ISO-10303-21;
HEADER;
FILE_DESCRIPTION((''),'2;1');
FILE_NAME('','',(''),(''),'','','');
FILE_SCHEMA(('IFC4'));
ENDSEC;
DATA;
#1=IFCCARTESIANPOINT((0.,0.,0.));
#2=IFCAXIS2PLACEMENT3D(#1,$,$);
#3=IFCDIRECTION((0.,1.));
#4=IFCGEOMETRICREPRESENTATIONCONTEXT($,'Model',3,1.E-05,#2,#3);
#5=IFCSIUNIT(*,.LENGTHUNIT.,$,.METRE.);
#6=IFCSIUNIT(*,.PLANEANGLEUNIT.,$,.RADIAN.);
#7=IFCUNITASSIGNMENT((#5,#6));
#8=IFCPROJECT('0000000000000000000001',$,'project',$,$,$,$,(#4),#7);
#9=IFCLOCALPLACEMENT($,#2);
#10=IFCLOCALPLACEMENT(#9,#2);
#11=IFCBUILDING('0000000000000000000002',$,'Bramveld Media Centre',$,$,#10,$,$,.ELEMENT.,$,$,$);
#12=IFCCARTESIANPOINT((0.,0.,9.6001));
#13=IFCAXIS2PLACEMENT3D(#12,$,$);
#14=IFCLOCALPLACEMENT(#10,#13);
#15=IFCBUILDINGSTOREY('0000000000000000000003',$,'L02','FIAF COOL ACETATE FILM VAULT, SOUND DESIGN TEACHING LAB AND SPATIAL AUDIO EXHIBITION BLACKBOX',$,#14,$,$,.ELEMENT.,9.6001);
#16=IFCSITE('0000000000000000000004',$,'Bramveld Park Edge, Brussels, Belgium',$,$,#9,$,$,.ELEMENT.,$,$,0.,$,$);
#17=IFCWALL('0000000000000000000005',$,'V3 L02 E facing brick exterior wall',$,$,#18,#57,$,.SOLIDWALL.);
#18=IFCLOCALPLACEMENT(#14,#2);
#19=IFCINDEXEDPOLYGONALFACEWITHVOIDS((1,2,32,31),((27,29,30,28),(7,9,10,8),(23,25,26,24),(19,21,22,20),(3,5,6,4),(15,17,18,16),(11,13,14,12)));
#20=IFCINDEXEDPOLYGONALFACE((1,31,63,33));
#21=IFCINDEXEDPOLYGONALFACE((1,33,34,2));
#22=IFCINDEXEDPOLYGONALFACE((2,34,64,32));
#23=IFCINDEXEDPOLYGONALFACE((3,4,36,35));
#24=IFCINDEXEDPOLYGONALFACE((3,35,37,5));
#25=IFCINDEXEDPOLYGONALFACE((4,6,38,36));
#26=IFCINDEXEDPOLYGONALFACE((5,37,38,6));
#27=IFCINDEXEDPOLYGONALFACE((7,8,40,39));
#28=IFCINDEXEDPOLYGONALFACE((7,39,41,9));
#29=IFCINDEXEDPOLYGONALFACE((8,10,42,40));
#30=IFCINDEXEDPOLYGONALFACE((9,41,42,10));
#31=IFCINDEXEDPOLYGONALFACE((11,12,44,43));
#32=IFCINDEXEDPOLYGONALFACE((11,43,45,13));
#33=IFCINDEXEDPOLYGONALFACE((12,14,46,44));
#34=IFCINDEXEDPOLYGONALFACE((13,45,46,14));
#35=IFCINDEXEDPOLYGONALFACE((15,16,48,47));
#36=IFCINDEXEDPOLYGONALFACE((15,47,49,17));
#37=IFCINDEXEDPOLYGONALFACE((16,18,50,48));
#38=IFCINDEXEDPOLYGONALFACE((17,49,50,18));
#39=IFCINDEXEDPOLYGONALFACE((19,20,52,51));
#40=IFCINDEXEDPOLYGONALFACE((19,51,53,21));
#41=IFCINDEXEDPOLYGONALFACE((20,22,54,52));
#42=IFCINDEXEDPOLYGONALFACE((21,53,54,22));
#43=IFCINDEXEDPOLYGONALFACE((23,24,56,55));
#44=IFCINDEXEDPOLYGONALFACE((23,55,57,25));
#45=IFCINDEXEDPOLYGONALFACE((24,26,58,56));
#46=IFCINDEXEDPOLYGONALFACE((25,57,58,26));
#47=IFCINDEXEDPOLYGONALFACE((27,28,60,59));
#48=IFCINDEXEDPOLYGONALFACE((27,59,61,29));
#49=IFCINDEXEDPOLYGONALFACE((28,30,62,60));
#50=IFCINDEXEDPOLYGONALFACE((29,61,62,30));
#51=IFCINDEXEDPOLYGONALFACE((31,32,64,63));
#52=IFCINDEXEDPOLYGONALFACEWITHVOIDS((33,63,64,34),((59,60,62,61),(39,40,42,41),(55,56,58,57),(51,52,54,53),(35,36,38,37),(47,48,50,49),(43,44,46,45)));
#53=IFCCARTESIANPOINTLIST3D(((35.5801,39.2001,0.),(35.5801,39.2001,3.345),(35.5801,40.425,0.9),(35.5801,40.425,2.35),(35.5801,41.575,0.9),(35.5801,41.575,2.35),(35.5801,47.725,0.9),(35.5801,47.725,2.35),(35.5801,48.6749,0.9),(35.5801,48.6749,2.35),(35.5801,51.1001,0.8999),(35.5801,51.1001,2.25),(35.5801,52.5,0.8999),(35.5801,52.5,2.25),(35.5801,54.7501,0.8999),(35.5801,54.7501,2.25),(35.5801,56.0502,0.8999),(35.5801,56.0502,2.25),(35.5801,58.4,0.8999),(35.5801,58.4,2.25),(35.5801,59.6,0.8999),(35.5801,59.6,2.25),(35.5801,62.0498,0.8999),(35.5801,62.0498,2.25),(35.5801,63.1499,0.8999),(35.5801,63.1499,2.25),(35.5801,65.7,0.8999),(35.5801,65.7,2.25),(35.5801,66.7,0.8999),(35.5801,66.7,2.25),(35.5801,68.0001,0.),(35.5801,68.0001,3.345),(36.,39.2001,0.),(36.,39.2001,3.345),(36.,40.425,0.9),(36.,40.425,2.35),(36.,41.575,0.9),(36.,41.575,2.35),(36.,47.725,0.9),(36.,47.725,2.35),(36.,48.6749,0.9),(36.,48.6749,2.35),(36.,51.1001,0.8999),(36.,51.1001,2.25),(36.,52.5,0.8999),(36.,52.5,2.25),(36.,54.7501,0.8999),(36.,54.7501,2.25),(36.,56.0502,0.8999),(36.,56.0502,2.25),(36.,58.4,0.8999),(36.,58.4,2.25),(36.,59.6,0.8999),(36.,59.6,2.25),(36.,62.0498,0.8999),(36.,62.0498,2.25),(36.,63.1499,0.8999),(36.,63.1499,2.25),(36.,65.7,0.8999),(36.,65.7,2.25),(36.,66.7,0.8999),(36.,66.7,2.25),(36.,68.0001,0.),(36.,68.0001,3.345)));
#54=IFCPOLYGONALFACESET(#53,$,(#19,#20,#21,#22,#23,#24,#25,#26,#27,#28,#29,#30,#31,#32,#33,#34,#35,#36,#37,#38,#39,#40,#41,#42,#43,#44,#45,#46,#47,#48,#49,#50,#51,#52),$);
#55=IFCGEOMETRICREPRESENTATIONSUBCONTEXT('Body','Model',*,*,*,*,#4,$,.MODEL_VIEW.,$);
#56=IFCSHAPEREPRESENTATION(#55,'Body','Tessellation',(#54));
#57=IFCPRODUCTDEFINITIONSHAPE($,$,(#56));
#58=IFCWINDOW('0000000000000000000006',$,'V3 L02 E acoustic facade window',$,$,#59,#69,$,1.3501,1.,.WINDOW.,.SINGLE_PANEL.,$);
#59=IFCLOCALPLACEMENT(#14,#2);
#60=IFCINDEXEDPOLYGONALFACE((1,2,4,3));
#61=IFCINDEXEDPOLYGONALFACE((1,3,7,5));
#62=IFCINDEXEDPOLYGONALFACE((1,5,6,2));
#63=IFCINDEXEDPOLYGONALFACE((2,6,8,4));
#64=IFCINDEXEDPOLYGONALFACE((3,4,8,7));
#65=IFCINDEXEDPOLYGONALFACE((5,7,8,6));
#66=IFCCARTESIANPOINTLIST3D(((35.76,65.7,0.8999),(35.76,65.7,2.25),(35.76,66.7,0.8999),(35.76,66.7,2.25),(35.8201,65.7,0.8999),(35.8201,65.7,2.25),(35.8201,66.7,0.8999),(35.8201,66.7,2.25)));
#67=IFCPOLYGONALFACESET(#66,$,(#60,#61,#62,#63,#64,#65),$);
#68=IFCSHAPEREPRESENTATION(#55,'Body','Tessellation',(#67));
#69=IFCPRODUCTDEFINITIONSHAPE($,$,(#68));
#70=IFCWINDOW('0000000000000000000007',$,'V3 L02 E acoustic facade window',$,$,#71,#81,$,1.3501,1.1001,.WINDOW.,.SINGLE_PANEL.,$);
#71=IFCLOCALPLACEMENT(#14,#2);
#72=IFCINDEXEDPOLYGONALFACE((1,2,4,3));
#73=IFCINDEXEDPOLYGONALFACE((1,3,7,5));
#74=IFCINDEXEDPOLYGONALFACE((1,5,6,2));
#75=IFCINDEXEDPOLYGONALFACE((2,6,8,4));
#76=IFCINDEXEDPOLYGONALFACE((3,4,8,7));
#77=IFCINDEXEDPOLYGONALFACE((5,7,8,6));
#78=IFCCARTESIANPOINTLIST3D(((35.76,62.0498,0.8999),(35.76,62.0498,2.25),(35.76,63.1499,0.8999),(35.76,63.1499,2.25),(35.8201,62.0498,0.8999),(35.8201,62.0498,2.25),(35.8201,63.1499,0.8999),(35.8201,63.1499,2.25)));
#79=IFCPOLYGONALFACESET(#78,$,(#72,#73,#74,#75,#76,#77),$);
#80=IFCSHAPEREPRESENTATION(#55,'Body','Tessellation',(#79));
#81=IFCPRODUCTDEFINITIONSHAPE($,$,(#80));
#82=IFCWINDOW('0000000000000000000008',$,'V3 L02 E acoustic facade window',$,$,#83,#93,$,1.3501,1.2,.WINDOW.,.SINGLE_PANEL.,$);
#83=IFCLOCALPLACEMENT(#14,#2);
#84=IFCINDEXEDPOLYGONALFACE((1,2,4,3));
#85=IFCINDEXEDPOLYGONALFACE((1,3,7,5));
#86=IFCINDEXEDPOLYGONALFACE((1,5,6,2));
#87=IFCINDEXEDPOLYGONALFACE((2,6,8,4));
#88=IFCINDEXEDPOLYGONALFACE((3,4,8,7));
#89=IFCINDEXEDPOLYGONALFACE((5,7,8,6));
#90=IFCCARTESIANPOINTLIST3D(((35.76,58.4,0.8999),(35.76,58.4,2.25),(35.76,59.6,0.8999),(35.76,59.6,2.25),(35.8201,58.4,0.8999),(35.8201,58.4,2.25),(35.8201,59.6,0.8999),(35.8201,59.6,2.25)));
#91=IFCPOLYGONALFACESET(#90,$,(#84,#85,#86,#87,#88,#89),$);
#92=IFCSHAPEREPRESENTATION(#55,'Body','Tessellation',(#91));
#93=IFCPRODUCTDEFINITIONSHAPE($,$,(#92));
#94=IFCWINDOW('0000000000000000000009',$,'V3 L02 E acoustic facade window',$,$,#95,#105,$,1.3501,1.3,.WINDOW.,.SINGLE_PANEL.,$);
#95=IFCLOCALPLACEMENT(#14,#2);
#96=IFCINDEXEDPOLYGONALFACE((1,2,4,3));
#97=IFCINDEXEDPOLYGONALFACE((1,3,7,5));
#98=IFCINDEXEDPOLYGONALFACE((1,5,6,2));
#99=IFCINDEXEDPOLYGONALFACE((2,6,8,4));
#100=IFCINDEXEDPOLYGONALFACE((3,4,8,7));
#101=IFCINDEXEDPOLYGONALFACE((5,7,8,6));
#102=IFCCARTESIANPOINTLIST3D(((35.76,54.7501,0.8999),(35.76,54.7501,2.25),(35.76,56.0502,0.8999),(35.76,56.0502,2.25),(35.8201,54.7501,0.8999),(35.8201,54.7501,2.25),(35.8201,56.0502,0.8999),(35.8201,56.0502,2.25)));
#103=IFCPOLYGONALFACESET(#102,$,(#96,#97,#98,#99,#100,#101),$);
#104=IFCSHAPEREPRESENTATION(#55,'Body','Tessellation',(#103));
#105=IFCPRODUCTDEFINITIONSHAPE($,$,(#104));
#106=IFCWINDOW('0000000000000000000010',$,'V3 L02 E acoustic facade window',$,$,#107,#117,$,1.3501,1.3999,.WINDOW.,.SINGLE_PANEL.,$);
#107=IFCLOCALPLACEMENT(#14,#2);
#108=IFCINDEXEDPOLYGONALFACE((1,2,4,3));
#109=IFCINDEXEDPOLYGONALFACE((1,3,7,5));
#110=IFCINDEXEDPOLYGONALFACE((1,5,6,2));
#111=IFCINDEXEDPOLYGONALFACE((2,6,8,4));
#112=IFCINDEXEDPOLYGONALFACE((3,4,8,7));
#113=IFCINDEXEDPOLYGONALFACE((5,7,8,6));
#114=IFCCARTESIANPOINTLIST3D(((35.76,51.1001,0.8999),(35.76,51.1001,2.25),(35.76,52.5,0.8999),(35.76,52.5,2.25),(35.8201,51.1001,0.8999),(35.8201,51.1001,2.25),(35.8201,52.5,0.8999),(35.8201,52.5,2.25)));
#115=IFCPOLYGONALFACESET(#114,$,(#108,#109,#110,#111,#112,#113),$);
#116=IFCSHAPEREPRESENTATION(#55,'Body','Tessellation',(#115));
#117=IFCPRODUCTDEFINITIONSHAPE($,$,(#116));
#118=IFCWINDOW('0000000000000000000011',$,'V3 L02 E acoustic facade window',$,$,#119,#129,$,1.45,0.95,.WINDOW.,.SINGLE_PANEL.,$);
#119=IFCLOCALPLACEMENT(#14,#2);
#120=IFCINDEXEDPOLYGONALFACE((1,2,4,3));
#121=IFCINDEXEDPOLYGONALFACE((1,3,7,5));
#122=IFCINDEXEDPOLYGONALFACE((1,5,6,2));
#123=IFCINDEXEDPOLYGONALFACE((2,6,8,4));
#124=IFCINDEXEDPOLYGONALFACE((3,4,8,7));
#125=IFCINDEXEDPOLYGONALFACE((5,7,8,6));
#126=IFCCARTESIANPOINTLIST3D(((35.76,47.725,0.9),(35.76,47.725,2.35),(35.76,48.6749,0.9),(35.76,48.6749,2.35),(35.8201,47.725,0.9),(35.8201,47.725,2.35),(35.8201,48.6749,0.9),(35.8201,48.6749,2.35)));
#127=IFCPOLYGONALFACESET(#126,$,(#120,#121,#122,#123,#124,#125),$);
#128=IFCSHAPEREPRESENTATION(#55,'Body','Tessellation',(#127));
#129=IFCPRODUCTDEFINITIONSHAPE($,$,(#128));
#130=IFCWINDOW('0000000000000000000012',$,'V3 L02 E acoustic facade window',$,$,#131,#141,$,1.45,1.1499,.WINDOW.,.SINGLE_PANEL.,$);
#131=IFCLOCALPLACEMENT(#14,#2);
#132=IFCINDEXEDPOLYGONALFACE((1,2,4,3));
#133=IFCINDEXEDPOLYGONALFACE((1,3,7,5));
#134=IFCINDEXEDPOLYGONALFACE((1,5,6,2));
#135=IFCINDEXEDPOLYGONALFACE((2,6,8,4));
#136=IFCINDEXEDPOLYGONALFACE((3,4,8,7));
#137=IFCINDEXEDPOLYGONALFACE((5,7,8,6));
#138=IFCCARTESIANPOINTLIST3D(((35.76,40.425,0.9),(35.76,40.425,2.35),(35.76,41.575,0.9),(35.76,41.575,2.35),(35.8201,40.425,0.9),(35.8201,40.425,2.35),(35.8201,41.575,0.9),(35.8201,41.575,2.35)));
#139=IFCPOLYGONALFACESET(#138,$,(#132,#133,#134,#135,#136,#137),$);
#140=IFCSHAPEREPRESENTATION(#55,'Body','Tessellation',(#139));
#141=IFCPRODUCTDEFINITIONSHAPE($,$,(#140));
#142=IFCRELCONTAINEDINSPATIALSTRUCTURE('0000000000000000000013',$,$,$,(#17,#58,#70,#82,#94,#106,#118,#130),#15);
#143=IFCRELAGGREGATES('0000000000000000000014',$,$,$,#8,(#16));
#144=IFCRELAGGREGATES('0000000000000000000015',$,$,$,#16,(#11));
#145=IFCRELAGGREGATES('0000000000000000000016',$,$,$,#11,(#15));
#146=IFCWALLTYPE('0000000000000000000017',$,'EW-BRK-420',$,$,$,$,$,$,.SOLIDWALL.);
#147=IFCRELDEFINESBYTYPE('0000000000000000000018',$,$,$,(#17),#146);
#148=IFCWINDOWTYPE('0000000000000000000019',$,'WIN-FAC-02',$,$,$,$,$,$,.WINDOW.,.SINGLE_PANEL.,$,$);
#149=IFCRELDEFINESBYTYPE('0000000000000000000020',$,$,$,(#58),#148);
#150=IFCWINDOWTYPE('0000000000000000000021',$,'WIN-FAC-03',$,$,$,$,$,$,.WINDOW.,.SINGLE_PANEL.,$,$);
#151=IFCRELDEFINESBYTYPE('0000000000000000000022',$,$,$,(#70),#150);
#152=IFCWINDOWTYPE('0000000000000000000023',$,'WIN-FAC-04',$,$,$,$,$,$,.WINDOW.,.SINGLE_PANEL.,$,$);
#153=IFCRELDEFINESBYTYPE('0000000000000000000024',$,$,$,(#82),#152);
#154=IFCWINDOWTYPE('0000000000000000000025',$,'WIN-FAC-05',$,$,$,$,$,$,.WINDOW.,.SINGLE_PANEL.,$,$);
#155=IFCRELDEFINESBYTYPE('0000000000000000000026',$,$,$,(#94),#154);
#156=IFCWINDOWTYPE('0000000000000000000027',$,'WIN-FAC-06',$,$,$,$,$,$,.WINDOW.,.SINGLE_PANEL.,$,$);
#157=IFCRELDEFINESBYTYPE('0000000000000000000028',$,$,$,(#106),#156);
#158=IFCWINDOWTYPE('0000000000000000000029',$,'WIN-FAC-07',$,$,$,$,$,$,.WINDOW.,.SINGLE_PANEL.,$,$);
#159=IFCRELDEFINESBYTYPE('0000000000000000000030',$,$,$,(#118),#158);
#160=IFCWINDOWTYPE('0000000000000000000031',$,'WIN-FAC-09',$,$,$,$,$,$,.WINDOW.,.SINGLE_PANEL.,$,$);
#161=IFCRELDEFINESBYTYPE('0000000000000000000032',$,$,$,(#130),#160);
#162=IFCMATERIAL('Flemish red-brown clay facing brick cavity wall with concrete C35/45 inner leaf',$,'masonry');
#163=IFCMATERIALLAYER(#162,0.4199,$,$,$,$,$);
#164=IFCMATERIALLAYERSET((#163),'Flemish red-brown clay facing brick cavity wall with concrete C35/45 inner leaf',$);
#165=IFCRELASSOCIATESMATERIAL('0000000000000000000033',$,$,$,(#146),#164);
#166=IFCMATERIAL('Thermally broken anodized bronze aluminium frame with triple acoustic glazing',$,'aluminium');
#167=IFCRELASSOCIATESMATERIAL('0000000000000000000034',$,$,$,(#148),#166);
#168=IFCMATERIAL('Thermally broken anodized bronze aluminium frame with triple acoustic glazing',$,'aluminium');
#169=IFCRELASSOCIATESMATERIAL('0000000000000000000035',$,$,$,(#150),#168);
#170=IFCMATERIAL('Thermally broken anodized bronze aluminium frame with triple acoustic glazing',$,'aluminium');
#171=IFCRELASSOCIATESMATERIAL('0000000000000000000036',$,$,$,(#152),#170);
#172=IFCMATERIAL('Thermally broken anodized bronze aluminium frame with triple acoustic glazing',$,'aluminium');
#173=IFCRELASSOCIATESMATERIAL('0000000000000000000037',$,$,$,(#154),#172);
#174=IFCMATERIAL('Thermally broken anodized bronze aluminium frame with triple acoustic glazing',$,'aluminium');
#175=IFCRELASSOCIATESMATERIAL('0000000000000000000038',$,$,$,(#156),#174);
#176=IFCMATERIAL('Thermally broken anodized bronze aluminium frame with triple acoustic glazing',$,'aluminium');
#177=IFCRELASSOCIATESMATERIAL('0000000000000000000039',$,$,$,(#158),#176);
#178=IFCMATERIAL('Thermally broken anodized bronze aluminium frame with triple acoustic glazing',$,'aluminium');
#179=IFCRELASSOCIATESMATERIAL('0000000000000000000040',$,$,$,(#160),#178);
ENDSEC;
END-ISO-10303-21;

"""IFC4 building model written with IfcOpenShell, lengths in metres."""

from ifc_helpers import new_model, si_unit, direction, frame, frame_2d, origin, place, context, subcontext, project, spatial, rectangle, extrude, material, layer, layer_set, type_object, element, fill, save


model = new_model("IFC4")

# Units and contexts
model_context = context("Model", 3, precision=1e-05, world=origin(), true_north=direction((0.0, 1.0)))
body_context = subcontext(model_context, "Body", "Model", "MODEL_VIEW")
ifc_project = project(units=[si_unit("LENGTHUNIT", "METRE"), si_unit("PLANEANGLEUNIT", "RADIAN")], contexts=[model_context])

# Site, building, storey
site_placement = place(None, origin())
site = spatial("IfcSite", under=ifc_project, at=site_placement, Name="Bramveld Park Edge, Brussels, Belgium", CompositionType="ELEMENT", RefElevation=0.0)
building_placement = place(site_placement, origin())
building = spatial("IfcBuilding", under=site, at=building_placement, Name="Bramveld Media Centre", CompositionType="ELEMENT")
storey_placement = place(building_placement, frame((0.0, 0.0, 9.6001)))
storey = spatial("IfcBuildingStorey", under=building, at=storey_placement, Name="L02", Description="FIAF COOL ACETATE FILM VAULT, SOUND DESIGN TEACHING LAB AND SPATIAL AUDIO EXHIBITION BLACKBOX", CompositionType="ELEMENT", Elevation=9.6001)

# Wall, openings, windows
ifc_material_1 = material(Name="Flemish red-brown clay facing brick cavity wall with concrete C35/45 inner leaf", Category="masonry")
ifc_layer = layer(ifc_material_1, 0.4199)
ifc_layer_set = layer_set([ifc_layer], Name="Flemish red-brown clay facing brick cavity wall with concrete C35/45 inner leaf")
wall_type = type_object("IfcWallType", Name="EW-BRK-420", PredefinedType="SOLIDWALL", material=ifc_layer_set)
wall_1_placement = place(storey_placement, frame((35.79, 68.0, 0.0), z_axis=(0.0, 0.0, 1.0), x_axis=(0.0, -1.0, 0.0)))
wall_1 = element("IfcWall", 1, at=wall_1_placement, inside=storey, type_object=wall_type, Name="V3 L02 E facing brick exterior wall", PredefinedType="SOLIDWALL", context=body_context, shape_type="SweptSolid", body=[
    extrude(rectangle(XDim=28.8, YDim=0.4199, at=frame_2d((14.3999, 0.0))), origin(), (0.0, 0.0, 1.0), 3.345),
])
opening_1_placement = place(wall_1_placement, frame((1.3, 0.0, 0.8999)))
opening_1 = element("IfcOpeningElement", 2, at=opening_1_placement, cuts=wall_1, PredefinedType="OPENING", context=body_context, shape_type="SweptSolid", body=[
    extrude(rectangle(XDim=1.0, YDim=1.3501, at=frame_2d((0.5, 0.675))), frame((0.0, 0.2219, 0.0), z_axis=(0.0, -1.0, 0.0), x_axis=(1.0, 0.0, 0.0)), (0.0, 0.0, 1.0), 0.4438),
])
opening_2_placement = place(wall_1_placement, frame((4.8501, 0.0, 0.8999)))
opening_2 = element("IfcOpeningElement", 3, at=opening_2_placement, cuts=wall_1, PredefinedType="OPENING", context=body_context, shape_type="SweptSolid", body=[
    extrude(rectangle(XDim=1.1001, YDim=1.3501, at=frame_2d((0.55, 0.675))), frame((0.0, 0.2219, 0.0), z_axis=(0.0, -1.0, 0.0), x_axis=(1.0, 0.0, 0.0)), (0.0, 0.0, 1.0), 0.4438),
])
opening_3_placement = place(wall_1_placement, frame((8.3999, 0.0, 0.8999)))
opening_3 = element("IfcOpeningElement", 4, at=opening_3_placement, cuts=wall_1, PredefinedType="OPENING", context=body_context, shape_type="SweptSolid", body=[
    extrude(rectangle(XDim=1.2, YDim=1.3501, at=frame_2d((0.6001, 0.675))), frame((0.0, 0.2219, 0.0), z_axis=(0.0, -1.0, 0.0), x_axis=(1.0, 0.0, 0.0)), (0.0, 0.0, 1.0), 0.4438),
])
opening_4_placement = place(wall_1_placement, frame((11.95, 0.0, 0.8999)))
opening_4 = element("IfcOpeningElement", 5, at=opening_4_placement, cuts=wall_1, PredefinedType="OPENING", context=body_context, shape_type="SweptSolid", body=[
    extrude(rectangle(XDim=1.3, YDim=1.3501, at=frame_2d((0.6499, 0.675))), frame((0.0, 0.2219, 0.0), z_axis=(0.0, -1.0, 0.0), x_axis=(1.0, 0.0, 0.0)), (0.0, 0.0, 1.0), 0.4438),
])
opening_5_placement = place(wall_1_placement, frame((15.5, 0.0, 0.8999)))
opening_5 = element("IfcOpeningElement", 6, at=opening_5_placement, cuts=wall_1, PredefinedType="OPENING", context=body_context, shape_type="SweptSolid", body=[
    extrude(rectangle(XDim=1.3999, YDim=1.3501, at=frame_2d((0.7, 0.675))), frame((0.0, 0.2219, 0.0), z_axis=(0.0, -1.0, 0.0), x_axis=(1.0, 0.0, 0.0)), (0.0, 0.0, 1.0), 0.4438),
])
opening_6_placement = place(wall_1_placement, frame((19.325, 0.0, 0.8999)))
opening_6 = element("IfcOpeningElement", 7, at=opening_6_placement, cuts=wall_1, PredefinedType="OPENING", context=body_context, shape_type="SweptSolid", body=[
    extrude(rectangle(XDim=0.95, YDim=1.45, at=frame_2d((0.4751, 0.7251))), frame((0.0, 0.2219, 0.0), z_axis=(0.0, -1.0, 0.0), x_axis=(1.0, 0.0, 0.0)), (0.0, 0.0, 1.0), 0.4438),
])
opening_7_placement = place(wall_1_placement, frame((26.425, 0.0, 0.8999)))
opening_7 = element("IfcOpeningElement", 8, at=opening_7_placement, cuts=wall_1, PredefinedType="OPENING", context=body_context, shape_type="SweptSolid", body=[
    extrude(rectangle(XDim=1.1499, YDim=1.45, at=frame_2d((0.575, 0.7251))), frame((0.0, 0.2219, 0.0), z_axis=(0.0, -1.0, 0.0), x_axis=(1.0, 0.0, 0.0)), (0.0, 0.0, 1.0), 0.4438),
])
ifc_material_2 = material(Name="Thermally broken anodized bronze aluminium frame with triple acoustic glazing", Category="aluminium")
window_type_1 = type_object("IfcWindowType", Name="WIN-FAC-02", PartitioningType="SINGLE_PANEL", PredefinedType="WINDOW", material=ifc_material_2)
window_1_placement = place(opening_1_placement, origin())
window_1 = element("IfcWindow", 9, at=window_1_placement, inside=storey, type_object=window_type_1, Name="V3 L02 E acoustic facade window", OverallHeight=1.3501, OverallWidth=1.0, PartitioningType="SINGLE_PANEL", PredefinedType="WINDOW", context=body_context, shape_type="SweptSolid", body=[
    extrude(rectangle(XDim=1.0, YDim=1.3501, at=frame_2d((0.5, 0.675))), frame((0.0, 0.03, 0.0), z_axis=(0.0, -1.0, 0.0), x_axis=(1.0, 0.0, 0.0)), (0.0, 0.0, 1.0), 0.0601),
])
fill(opening_1, window_1)
ifc_material_3 = material(Name="Thermally broken anodized bronze aluminium frame with triple acoustic glazing", Category="aluminium")
window_type_2 = type_object("IfcWindowType", Name="WIN-FAC-03", PartitioningType="SINGLE_PANEL", PredefinedType="WINDOW", material=ifc_material_3)
window_2_placement = place(opening_2_placement, origin())
window_2 = element("IfcWindow", 10, at=window_2_placement, inside=storey, type_object=window_type_2, Name="V3 L02 E acoustic facade window", OverallHeight=1.3501, OverallWidth=1.1001, PartitioningType="SINGLE_PANEL", PredefinedType="WINDOW", context=body_context, shape_type="SweptSolid", body=[
    extrude(rectangle(XDim=1.1001, YDim=1.3501, at=frame_2d((0.55, 0.675))), frame((0.0, 0.03, 0.0), z_axis=(0.0, -1.0, 0.0), x_axis=(1.0, 0.0, 0.0)), (0.0, 0.0, 1.0), 0.0601),
])
fill(opening_2, window_2)
ifc_material_4 = material(Name="Thermally broken anodized bronze aluminium frame with triple acoustic glazing", Category="aluminium")
window_type_3 = type_object("IfcWindowType", Name="WIN-FAC-04", PartitioningType="SINGLE_PANEL", PredefinedType="WINDOW", material=ifc_material_4)
window_3_placement = place(opening_3_placement, origin())
window_3 = element("IfcWindow", 11, at=window_3_placement, inside=storey, type_object=window_type_3, Name="V3 L02 E acoustic facade window", OverallHeight=1.3501, OverallWidth=1.2, PartitioningType="SINGLE_PANEL", PredefinedType="WINDOW", context=body_context, shape_type="SweptSolid", body=[
    extrude(rectangle(XDim=1.2, YDim=1.3501, at=frame_2d((0.6001, 0.675))), frame((0.0, 0.03, 0.0), z_axis=(0.0, -1.0, 0.0), x_axis=(1.0, 0.0, 0.0)), (0.0, 0.0, 1.0), 0.0601),
])
fill(opening_3, window_3)
ifc_material_5 = material(Name="Thermally broken anodized bronze aluminium frame with triple acoustic glazing", Category="aluminium")
window_type_4 = type_object("IfcWindowType", Name="WIN-FAC-05", PartitioningType="SINGLE_PANEL", PredefinedType="WINDOW", material=ifc_material_5)
window_4_placement = place(opening_4_placement, origin())
window_4 = element("IfcWindow", 12, at=window_4_placement, inside=storey, type_object=window_type_4, Name="V3 L02 E acoustic facade window", OverallHeight=1.3501, OverallWidth=1.3, PartitioningType="SINGLE_PANEL", PredefinedType="WINDOW", context=body_context, shape_type="SweptSolid", body=[
    extrude(rectangle(XDim=1.3, YDim=1.3501, at=frame_2d((0.6499, 0.675))), frame((0.0, 0.03, 0.0), z_axis=(0.0, -1.0, 0.0), x_axis=(1.0, 0.0, 0.0)), (0.0, 0.0, 1.0), 0.0601),
])
fill(opening_4, window_4)
ifc_material_6 = material(Name="Thermally broken anodized bronze aluminium frame with triple acoustic glazing", Category="aluminium")
window_type_5 = type_object("IfcWindowType", Name="WIN-FAC-06", PartitioningType="SINGLE_PANEL", PredefinedType="WINDOW", material=ifc_material_6)
window_5_placement = place(opening_5_placement, origin())
window_5 = element("IfcWindow", 13, at=window_5_placement, inside=storey, type_object=window_type_5, Name="V3 L02 E acoustic facade window", OverallHeight=1.3501, OverallWidth=1.3999, PartitioningType="SINGLE_PANEL", PredefinedType="WINDOW", context=body_context, shape_type="SweptSolid", body=[
    extrude(rectangle(XDim=1.3999, YDim=1.3501, at=frame_2d((0.7, 0.675))), frame((0.0, 0.03, 0.0), z_axis=(0.0, -1.0, 0.0), x_axis=(1.0, 0.0, 0.0)), (0.0, 0.0, 1.0), 0.0601),
])
fill(opening_5, window_5)
ifc_material_7 = material(Name="Thermally broken anodized bronze aluminium frame with triple acoustic glazing", Category="aluminium")
window_type_6 = type_object("IfcWindowType", Name="WIN-FAC-07", PartitioningType="SINGLE_PANEL", PredefinedType="WINDOW", material=ifc_material_7)
window_6_placement = place(opening_6_placement, origin())
window_6 = element("IfcWindow", 14, at=window_6_placement, inside=storey, type_object=window_type_6, Name="V3 L02 E acoustic facade window", OverallHeight=1.45, OverallWidth=0.95, PartitioningType="SINGLE_PANEL", PredefinedType="WINDOW", context=body_context, shape_type="SweptSolid", body=[
    extrude(rectangle(XDim=0.95, YDim=1.45, at=frame_2d((0.4751, 0.7251))), frame((0.0, 0.03, 0.0), z_axis=(0.0, -1.0, 0.0), x_axis=(1.0, 0.0, 0.0)), (0.0, 0.0, 1.0), 0.0601),
])
fill(opening_6, window_6)
ifc_material_8 = material(Name="Thermally broken anodized bronze aluminium frame with triple acoustic glazing", Category="aluminium")
window_type_7 = type_object("IfcWindowType", Name="WIN-FAC-09", PartitioningType="SINGLE_PANEL", PredefinedType="WINDOW", material=ifc_material_8)
window_7_placement = place(opening_7_placement, origin())
window_7 = element("IfcWindow", 15, at=window_7_placement, inside=storey, type_object=window_type_7, Name="V3 L02 E acoustic facade window", OverallHeight=1.45, OverallWidth=1.1499, PartitioningType="SINGLE_PANEL", PredefinedType="WINDOW", context=body_context, shape_type="SweptSolid", body=[
    extrude(rectangle(XDim=1.1499, YDim=1.45, at=frame_2d((0.575, 0.7251))), frame((0.0, 0.03, 0.0), z_axis=(0.0, -1.0, 0.0), x_axis=(1.0, 0.0, 0.0)), (0.0, 0.0, 1.0), 0.0601),
])
fill(opening_7, window_7)

save(model, "model.ifc")
